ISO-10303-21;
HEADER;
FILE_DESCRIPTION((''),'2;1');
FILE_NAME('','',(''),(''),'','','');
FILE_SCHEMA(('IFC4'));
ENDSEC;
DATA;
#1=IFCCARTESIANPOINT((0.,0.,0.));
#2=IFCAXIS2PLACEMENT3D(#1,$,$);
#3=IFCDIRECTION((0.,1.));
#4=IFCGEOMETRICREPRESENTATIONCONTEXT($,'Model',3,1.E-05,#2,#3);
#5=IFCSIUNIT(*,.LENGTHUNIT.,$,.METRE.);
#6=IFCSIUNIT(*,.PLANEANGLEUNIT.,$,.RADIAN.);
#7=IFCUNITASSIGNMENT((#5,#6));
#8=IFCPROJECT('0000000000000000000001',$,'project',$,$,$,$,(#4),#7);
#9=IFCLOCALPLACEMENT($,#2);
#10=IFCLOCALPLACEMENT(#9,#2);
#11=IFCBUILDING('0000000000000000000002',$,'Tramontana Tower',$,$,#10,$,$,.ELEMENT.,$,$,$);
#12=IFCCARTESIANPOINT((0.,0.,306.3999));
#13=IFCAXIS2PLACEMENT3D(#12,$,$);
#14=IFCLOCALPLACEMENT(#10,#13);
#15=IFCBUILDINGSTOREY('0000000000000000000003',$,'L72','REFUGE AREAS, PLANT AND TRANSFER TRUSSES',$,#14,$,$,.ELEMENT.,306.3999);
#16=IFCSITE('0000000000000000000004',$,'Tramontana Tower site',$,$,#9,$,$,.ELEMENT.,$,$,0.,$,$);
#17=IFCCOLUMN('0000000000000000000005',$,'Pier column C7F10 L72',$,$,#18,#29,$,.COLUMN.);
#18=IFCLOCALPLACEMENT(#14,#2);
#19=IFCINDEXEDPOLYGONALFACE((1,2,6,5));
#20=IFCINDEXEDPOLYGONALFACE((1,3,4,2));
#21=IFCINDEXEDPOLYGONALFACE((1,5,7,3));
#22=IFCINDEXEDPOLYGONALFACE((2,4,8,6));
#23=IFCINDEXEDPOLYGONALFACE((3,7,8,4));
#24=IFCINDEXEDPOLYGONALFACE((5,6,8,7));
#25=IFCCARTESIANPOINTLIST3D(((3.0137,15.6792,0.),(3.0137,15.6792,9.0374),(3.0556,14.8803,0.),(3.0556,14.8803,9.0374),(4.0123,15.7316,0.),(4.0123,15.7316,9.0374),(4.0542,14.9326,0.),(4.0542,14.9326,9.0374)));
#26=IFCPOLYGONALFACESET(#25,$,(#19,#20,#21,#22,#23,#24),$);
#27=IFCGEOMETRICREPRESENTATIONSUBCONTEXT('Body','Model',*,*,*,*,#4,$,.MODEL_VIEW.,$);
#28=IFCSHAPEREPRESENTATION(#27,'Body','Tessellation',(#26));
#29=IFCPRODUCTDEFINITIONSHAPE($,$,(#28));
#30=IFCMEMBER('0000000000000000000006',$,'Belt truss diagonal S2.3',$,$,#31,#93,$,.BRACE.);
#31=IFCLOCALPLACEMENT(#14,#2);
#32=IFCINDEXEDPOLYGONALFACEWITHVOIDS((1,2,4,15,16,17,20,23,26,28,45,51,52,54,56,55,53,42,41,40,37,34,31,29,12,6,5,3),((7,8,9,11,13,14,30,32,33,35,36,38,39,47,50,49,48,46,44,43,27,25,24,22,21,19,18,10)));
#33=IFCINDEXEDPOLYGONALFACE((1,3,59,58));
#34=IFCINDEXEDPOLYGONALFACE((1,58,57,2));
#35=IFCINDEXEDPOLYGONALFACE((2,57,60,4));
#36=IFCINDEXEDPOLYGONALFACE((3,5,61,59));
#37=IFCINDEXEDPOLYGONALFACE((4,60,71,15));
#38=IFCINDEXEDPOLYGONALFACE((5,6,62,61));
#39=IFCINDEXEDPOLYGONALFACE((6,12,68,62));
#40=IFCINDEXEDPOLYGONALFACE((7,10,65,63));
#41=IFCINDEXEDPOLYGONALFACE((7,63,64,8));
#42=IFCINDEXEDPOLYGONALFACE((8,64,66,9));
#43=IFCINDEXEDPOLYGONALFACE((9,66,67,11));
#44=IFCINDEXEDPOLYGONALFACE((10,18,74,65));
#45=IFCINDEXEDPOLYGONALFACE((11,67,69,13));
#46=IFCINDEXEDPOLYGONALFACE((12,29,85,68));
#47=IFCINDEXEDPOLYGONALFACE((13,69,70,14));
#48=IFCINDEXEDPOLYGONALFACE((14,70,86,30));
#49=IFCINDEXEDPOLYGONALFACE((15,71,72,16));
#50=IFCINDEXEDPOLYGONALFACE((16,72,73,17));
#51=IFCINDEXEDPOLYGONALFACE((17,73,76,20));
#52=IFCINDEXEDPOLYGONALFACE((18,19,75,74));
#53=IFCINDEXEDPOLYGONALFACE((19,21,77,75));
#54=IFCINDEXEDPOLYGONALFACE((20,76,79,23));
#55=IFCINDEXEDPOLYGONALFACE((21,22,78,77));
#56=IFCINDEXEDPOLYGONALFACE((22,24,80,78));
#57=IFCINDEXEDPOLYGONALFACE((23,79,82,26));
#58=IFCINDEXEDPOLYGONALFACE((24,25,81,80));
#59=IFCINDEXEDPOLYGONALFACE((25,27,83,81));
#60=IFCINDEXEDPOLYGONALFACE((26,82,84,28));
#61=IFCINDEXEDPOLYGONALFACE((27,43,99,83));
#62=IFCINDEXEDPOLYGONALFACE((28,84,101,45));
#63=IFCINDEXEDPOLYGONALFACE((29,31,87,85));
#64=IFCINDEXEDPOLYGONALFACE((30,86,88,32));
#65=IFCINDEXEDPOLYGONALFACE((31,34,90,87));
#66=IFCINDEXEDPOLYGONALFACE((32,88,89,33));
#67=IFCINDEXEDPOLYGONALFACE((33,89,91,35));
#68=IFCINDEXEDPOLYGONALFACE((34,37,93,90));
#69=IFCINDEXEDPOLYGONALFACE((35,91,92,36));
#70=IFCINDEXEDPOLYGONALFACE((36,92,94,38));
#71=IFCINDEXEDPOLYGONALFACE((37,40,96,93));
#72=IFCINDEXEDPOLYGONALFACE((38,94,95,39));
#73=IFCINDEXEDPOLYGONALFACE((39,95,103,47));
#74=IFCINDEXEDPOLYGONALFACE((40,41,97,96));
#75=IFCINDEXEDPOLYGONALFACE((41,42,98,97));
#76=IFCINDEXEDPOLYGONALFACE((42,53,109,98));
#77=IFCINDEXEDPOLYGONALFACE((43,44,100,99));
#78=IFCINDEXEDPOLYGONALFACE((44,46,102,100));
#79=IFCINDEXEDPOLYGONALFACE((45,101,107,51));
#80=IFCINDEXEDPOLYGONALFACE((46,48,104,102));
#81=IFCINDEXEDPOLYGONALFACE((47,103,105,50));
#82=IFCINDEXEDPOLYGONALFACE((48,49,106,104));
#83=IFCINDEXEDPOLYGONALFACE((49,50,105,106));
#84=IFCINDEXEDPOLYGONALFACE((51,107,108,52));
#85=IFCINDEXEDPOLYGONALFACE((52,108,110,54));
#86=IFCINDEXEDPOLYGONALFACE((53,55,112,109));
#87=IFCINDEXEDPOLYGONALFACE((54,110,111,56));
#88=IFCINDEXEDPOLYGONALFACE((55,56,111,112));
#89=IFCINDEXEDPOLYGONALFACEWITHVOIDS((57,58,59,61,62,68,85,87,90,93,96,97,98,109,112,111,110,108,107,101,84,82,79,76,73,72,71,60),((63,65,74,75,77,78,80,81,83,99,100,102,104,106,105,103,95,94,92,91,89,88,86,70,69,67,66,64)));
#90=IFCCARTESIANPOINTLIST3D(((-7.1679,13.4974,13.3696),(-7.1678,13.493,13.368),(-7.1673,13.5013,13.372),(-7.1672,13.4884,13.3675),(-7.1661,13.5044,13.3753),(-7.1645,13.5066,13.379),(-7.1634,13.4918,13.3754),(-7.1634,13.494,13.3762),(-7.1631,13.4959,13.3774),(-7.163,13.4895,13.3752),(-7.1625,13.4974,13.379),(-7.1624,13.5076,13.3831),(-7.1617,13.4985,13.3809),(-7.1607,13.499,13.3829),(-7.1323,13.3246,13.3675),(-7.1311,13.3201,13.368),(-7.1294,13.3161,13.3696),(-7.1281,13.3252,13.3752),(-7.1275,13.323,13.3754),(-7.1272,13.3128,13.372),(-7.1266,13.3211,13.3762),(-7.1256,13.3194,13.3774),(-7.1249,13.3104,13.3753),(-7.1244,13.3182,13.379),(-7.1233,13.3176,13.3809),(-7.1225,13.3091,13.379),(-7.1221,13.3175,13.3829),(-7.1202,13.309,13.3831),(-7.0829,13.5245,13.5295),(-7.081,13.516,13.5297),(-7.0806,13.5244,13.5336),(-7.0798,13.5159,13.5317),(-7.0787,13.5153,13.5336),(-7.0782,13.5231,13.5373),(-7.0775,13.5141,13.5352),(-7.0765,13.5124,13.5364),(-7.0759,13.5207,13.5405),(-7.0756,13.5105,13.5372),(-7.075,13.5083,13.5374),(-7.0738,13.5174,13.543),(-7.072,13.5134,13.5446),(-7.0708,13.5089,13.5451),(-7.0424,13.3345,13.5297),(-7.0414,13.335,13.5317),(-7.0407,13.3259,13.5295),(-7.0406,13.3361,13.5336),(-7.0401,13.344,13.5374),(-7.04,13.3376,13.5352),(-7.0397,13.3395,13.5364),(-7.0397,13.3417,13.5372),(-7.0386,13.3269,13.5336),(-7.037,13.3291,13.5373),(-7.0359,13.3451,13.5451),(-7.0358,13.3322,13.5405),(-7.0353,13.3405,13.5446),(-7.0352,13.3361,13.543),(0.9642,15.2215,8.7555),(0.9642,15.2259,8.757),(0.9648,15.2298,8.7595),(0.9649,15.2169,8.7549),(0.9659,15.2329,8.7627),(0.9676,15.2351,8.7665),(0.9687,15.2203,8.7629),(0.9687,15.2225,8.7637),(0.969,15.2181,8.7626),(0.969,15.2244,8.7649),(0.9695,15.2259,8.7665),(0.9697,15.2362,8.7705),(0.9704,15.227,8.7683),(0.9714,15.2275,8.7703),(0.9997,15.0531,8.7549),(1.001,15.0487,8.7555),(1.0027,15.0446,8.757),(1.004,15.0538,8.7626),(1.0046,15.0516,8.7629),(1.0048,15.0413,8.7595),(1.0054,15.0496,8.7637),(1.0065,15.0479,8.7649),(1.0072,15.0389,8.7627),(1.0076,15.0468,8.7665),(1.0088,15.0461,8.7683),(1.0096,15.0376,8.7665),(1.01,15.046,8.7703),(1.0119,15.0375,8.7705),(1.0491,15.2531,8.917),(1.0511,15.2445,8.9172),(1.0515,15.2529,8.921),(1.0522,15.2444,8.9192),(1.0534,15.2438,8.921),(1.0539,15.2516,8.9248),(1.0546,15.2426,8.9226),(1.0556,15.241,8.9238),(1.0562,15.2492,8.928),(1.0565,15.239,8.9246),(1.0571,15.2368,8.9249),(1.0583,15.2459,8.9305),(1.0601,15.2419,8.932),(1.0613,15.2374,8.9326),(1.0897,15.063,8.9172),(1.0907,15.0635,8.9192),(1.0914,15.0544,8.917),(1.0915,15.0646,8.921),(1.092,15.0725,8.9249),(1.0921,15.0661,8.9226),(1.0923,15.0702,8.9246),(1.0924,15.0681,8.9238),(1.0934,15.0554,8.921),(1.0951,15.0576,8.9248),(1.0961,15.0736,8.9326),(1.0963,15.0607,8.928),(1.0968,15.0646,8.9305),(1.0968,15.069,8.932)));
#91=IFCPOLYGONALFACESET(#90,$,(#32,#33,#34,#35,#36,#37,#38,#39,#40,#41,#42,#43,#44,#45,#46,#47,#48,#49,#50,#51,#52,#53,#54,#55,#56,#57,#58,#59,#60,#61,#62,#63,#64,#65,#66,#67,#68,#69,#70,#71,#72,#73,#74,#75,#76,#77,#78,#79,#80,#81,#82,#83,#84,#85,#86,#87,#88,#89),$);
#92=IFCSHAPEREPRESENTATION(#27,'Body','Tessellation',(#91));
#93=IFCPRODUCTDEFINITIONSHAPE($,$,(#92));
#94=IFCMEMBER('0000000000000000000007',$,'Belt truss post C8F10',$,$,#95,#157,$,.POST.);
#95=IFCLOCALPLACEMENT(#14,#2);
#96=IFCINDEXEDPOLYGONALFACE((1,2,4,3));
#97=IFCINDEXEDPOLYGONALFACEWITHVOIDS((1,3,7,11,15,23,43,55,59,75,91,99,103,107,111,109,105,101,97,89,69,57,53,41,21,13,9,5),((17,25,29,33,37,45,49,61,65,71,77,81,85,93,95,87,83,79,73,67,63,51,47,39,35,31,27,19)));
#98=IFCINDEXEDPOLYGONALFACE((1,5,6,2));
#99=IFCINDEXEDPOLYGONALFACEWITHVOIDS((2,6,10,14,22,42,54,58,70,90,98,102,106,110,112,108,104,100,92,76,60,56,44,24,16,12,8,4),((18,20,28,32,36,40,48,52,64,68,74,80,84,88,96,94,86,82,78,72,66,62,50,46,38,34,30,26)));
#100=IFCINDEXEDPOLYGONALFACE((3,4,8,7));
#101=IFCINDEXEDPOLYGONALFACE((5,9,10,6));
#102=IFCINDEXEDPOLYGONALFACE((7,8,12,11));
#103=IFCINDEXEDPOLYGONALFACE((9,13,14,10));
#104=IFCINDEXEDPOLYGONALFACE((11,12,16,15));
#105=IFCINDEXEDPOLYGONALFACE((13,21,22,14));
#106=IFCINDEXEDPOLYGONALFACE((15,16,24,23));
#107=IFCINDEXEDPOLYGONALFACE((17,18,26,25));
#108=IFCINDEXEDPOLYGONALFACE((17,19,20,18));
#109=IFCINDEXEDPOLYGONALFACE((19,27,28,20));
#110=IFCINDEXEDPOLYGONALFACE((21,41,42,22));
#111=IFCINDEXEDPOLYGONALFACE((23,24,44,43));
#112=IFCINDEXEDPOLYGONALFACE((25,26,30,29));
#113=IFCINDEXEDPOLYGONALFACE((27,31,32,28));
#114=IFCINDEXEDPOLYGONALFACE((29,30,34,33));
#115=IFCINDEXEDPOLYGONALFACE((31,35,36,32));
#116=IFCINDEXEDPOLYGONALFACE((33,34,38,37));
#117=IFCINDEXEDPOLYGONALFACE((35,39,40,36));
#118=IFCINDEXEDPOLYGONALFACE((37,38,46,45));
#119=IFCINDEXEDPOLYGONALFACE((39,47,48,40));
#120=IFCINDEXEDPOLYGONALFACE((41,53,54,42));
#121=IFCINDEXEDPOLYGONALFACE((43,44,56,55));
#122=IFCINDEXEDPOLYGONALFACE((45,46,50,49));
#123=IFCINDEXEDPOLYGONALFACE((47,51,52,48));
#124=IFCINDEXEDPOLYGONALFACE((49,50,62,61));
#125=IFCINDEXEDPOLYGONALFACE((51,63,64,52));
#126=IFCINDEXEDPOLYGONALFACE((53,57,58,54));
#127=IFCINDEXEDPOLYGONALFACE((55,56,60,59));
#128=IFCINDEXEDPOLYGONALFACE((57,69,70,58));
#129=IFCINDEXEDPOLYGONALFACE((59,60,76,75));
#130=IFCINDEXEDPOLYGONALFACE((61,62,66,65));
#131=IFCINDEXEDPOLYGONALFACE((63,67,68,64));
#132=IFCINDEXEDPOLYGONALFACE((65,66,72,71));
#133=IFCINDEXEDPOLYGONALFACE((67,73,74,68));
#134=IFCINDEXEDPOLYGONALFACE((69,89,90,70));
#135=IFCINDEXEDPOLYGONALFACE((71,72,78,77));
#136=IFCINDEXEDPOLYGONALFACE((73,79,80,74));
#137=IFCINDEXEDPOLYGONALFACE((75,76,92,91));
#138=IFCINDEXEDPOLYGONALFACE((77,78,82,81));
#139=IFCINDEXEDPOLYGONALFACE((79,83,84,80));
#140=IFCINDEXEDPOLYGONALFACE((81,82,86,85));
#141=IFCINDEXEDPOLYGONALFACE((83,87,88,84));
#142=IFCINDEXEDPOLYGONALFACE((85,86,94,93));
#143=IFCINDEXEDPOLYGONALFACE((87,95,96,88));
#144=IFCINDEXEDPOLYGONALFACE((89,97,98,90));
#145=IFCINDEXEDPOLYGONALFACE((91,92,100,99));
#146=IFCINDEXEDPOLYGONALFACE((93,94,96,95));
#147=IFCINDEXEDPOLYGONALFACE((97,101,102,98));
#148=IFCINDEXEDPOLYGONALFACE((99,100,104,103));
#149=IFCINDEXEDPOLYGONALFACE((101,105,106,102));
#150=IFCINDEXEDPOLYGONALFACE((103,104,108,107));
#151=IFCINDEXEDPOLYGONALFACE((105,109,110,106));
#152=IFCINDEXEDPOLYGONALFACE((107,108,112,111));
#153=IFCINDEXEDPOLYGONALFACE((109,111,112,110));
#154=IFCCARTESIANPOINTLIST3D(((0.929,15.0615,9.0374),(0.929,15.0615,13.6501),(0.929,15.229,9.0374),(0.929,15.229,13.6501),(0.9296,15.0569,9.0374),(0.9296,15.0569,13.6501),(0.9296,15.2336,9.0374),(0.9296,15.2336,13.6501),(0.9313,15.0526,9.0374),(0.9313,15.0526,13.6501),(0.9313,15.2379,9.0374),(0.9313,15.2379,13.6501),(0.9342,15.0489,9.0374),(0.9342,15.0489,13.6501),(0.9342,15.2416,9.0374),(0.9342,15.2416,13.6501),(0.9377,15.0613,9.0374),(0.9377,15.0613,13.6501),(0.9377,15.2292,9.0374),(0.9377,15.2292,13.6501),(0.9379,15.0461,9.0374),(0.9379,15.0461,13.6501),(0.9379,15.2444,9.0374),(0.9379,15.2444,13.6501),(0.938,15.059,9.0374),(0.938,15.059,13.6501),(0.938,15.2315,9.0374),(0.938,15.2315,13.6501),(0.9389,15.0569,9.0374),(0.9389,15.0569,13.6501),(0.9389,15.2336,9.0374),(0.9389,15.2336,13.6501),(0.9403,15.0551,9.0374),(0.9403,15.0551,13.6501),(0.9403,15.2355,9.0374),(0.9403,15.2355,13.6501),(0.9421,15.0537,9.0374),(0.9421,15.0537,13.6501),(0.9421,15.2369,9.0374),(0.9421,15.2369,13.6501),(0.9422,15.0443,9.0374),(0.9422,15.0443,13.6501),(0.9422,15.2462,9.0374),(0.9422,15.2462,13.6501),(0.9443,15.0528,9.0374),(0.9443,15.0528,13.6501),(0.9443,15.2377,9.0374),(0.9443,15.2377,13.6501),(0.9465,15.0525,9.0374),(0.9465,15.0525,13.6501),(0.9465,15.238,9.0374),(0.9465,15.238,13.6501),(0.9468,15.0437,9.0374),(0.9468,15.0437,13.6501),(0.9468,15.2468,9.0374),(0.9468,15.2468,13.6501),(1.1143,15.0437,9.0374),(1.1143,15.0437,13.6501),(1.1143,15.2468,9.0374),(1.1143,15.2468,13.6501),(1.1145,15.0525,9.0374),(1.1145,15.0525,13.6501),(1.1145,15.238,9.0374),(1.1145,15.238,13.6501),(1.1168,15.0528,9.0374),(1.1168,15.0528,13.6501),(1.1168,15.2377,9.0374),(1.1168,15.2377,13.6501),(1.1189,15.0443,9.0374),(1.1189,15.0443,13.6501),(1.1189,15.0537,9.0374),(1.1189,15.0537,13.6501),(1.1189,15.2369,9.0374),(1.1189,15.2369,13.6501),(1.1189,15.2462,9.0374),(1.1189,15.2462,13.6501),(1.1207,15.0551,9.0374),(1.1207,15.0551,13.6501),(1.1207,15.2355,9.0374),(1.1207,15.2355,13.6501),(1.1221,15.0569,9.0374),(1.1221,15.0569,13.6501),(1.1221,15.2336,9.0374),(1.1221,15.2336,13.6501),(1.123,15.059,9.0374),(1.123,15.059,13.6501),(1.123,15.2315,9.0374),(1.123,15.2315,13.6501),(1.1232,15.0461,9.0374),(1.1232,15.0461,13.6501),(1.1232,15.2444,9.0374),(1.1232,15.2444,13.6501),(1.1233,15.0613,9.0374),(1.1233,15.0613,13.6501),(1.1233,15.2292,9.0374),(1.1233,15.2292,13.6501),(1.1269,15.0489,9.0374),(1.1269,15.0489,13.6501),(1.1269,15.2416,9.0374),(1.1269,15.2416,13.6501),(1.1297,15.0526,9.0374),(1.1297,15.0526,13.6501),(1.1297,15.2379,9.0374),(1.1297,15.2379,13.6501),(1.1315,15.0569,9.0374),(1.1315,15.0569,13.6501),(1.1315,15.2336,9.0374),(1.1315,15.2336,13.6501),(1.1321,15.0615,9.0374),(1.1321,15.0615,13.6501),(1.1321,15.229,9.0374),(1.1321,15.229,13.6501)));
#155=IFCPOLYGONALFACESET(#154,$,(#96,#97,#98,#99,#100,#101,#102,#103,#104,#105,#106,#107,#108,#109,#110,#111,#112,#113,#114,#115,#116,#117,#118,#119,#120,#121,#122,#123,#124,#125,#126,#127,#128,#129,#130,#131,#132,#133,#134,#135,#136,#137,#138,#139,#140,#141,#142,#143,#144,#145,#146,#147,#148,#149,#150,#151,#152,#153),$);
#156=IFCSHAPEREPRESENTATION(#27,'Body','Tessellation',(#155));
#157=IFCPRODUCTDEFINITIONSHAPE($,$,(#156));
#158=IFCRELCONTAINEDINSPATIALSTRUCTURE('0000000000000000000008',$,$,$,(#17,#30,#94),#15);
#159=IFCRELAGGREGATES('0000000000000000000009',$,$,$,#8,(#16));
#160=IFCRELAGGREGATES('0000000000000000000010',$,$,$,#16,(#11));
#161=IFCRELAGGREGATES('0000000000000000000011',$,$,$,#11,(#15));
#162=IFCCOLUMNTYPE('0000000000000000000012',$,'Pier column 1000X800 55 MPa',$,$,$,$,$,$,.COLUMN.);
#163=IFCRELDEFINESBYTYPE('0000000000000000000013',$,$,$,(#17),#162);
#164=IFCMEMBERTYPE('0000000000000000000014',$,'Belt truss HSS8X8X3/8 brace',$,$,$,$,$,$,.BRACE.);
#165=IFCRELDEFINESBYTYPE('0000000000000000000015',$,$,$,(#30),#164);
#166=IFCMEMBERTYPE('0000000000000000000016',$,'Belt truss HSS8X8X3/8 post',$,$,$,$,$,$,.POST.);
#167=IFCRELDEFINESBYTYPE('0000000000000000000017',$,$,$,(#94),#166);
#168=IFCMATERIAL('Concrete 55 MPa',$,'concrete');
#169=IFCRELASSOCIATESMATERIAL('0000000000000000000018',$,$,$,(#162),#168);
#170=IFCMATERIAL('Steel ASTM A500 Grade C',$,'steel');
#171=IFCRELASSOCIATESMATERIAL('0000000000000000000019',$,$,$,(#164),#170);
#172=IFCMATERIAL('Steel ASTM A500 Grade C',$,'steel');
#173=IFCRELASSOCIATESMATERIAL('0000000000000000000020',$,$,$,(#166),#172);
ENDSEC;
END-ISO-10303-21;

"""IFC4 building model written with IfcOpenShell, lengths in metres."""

from ifc_helpers import new_model, si_unit, direction, frame, origin, origin_2d, place, context, subcontext, project, spatial, rectangle, hollow_rectangle, extrude, material, material_profile, profile_set, type_object, element, save


model = new_model("IFC4")

# Units and contexts
model_context = context("Model", 3, precision=1e-05, world=origin(), true_north=direction((0.0, 1.0)))
body_context = subcontext(model_context, "Body", "Model", "MODEL_VIEW")
ifc_project = project(units=[si_unit("LENGTHUNIT", "METRE"), si_unit("PLANEANGLEUNIT", "RADIAN")], contexts=[model_context])

# Site, building, storey
site_placement = place(None, origin())
site = spatial("IfcSite", under=ifc_project, at=site_placement, Name="Tramontana Tower site", CompositionType="ELEMENT", RefElevation=0.0)
building_placement = place(site_placement, origin())
building = spatial("IfcBuilding", under=site, at=building_placement, Name="Tramontana Tower", CompositionType="ELEMENT")
storey_placement = place(building_placement, frame((0.0, 0.0, 306.3999)))
storey = spatial("IfcBuildingStorey", under=building, at=storey_placement, Name="L72", Description="REFUGE AREAS, PLANT AND TRANSFER TRUSSES", CompositionType="ELEMENT", Elevation=306.3999)

# Column
ifc_material_1 = material(Name="Concrete 55 MPa", Category="concrete")
ifc_material_profile_1 = material_profile(ifc_material_1, rectangle(XDim=1.0, YDim=0.8, at=origin_2d()), Name="Pier column 1000X800 55 MPa")
ifc_profile_set_1 = profile_set([ifc_material_profile_1], Name="Concrete 55 MPa")
column_type = type_object("IfcColumnType", Name="Pier column 1000X800 55 MPa", PredefinedType="COLUMN", material=ifc_profile_set_1)
column_placement = place(storey_placement, frame((3.5339, 15.3059, 0.0), z_axis=(0.0, 0.0, 1.0), x_axis=(-0.99863, -0.052336, 0.0)))
element("IfcColumn", 1, at=column_placement, inside=storey, type_object=column_type, Name="Pier column C7F10 L72", PredefinedType="COLUMN", context=body_context, shape_type="SweptSolid", body=[
    extrude(rectangle(XDim=1.0, YDim=0.8, at=origin_2d()), origin(), (0.0, 0.0, 1.0), 9.0374),
])

# Members
ifc_material_2 = material(Name="Steel ASTM A500 Grade C", Category="steel")
ifc_material_profile_2 = material_profile(ifc_material_2, hollow_rectangle(XDim=0.2031, YDim=0.2031, WallThickness=0.0088, InnerFilletRadius=0.0088, OuterFilletRadius=0.0178, at=origin_2d()), Name="HSS8X8X3/8")
ifc_profile_set_2 = profile_set([ifc_material_profile_2], Name="Steel ASTM A500 Grade C")
member_type_1 = type_object("IfcMemberType", Name="Belt truss HSS8X8X3/8 brace", PredefinedType="BRACE", material=ifc_profile_set_2)
member_1_placement = place(storey_placement, frame((1.0305, 15.1453, 8.8438), z_axis=(-0.855326, -0.181804, 0.485144), x_axis=(0.20791, -0.978148, 0.0)))
element("IfcMember", 2, at=member_1_placement, inside=storey, type_object=member_type_1, Name="Belt truss diagonal S2.3", PredefinedType="BRACE", context=body_context, shape_type="SweptSolid", body=[
    extrude(hollow_rectangle(XDim=0.2031, YDim=0.2031, WallThickness=0.0088, InnerFilletRadius=0.0088, OuterFilletRadius=0.0178, at=origin_2d()), origin(), (0.0, 0.0, 1.0), 9.5076),
])
ifc_material_3 = material(Name="Steel ASTM A500 Grade C", Category="steel")
ifc_material_profile_3 = material_profile(ifc_material_3, hollow_rectangle(XDim=0.2031, YDim=0.2031, WallThickness=0.0088, InnerFilletRadius=0.0088, OuterFilletRadius=0.0178, at=origin_2d()), Name="HSS8X8X3/8")
ifc_profile_set_3 = profile_set([ifc_material_profile_3], Name="Steel ASTM A500 Grade C")
member_type_2 = type_object("IfcMemberType", Name="Belt truss HSS8X8X3/8 post", PredefinedType="POST", material=ifc_profile_set_3)
member_2_placement = place(storey_placement, frame((1.0305, 15.1453, 9.0374), z_axis=(0.0, 0.0, 1.0), x_axis=(1.0, 0.0, 0.0)))
element("IfcMember", 3, at=member_2_placement, inside=storey, type_object=member_type_2, Name="Belt truss post C8F10", PredefinedType="POST", context=body_context, shape_type="SweptSolid", body=[
    extrude(hollow_rectangle(XDim=0.2031, YDim=0.2031, WallThickness=0.0088, InnerFilletRadius=0.0088, OuterFilletRadius=0.0178, at=origin_2d()), origin(), (0.0, 0.0, 1.0), 4.6128),
])

save(model, "model.ifc")
